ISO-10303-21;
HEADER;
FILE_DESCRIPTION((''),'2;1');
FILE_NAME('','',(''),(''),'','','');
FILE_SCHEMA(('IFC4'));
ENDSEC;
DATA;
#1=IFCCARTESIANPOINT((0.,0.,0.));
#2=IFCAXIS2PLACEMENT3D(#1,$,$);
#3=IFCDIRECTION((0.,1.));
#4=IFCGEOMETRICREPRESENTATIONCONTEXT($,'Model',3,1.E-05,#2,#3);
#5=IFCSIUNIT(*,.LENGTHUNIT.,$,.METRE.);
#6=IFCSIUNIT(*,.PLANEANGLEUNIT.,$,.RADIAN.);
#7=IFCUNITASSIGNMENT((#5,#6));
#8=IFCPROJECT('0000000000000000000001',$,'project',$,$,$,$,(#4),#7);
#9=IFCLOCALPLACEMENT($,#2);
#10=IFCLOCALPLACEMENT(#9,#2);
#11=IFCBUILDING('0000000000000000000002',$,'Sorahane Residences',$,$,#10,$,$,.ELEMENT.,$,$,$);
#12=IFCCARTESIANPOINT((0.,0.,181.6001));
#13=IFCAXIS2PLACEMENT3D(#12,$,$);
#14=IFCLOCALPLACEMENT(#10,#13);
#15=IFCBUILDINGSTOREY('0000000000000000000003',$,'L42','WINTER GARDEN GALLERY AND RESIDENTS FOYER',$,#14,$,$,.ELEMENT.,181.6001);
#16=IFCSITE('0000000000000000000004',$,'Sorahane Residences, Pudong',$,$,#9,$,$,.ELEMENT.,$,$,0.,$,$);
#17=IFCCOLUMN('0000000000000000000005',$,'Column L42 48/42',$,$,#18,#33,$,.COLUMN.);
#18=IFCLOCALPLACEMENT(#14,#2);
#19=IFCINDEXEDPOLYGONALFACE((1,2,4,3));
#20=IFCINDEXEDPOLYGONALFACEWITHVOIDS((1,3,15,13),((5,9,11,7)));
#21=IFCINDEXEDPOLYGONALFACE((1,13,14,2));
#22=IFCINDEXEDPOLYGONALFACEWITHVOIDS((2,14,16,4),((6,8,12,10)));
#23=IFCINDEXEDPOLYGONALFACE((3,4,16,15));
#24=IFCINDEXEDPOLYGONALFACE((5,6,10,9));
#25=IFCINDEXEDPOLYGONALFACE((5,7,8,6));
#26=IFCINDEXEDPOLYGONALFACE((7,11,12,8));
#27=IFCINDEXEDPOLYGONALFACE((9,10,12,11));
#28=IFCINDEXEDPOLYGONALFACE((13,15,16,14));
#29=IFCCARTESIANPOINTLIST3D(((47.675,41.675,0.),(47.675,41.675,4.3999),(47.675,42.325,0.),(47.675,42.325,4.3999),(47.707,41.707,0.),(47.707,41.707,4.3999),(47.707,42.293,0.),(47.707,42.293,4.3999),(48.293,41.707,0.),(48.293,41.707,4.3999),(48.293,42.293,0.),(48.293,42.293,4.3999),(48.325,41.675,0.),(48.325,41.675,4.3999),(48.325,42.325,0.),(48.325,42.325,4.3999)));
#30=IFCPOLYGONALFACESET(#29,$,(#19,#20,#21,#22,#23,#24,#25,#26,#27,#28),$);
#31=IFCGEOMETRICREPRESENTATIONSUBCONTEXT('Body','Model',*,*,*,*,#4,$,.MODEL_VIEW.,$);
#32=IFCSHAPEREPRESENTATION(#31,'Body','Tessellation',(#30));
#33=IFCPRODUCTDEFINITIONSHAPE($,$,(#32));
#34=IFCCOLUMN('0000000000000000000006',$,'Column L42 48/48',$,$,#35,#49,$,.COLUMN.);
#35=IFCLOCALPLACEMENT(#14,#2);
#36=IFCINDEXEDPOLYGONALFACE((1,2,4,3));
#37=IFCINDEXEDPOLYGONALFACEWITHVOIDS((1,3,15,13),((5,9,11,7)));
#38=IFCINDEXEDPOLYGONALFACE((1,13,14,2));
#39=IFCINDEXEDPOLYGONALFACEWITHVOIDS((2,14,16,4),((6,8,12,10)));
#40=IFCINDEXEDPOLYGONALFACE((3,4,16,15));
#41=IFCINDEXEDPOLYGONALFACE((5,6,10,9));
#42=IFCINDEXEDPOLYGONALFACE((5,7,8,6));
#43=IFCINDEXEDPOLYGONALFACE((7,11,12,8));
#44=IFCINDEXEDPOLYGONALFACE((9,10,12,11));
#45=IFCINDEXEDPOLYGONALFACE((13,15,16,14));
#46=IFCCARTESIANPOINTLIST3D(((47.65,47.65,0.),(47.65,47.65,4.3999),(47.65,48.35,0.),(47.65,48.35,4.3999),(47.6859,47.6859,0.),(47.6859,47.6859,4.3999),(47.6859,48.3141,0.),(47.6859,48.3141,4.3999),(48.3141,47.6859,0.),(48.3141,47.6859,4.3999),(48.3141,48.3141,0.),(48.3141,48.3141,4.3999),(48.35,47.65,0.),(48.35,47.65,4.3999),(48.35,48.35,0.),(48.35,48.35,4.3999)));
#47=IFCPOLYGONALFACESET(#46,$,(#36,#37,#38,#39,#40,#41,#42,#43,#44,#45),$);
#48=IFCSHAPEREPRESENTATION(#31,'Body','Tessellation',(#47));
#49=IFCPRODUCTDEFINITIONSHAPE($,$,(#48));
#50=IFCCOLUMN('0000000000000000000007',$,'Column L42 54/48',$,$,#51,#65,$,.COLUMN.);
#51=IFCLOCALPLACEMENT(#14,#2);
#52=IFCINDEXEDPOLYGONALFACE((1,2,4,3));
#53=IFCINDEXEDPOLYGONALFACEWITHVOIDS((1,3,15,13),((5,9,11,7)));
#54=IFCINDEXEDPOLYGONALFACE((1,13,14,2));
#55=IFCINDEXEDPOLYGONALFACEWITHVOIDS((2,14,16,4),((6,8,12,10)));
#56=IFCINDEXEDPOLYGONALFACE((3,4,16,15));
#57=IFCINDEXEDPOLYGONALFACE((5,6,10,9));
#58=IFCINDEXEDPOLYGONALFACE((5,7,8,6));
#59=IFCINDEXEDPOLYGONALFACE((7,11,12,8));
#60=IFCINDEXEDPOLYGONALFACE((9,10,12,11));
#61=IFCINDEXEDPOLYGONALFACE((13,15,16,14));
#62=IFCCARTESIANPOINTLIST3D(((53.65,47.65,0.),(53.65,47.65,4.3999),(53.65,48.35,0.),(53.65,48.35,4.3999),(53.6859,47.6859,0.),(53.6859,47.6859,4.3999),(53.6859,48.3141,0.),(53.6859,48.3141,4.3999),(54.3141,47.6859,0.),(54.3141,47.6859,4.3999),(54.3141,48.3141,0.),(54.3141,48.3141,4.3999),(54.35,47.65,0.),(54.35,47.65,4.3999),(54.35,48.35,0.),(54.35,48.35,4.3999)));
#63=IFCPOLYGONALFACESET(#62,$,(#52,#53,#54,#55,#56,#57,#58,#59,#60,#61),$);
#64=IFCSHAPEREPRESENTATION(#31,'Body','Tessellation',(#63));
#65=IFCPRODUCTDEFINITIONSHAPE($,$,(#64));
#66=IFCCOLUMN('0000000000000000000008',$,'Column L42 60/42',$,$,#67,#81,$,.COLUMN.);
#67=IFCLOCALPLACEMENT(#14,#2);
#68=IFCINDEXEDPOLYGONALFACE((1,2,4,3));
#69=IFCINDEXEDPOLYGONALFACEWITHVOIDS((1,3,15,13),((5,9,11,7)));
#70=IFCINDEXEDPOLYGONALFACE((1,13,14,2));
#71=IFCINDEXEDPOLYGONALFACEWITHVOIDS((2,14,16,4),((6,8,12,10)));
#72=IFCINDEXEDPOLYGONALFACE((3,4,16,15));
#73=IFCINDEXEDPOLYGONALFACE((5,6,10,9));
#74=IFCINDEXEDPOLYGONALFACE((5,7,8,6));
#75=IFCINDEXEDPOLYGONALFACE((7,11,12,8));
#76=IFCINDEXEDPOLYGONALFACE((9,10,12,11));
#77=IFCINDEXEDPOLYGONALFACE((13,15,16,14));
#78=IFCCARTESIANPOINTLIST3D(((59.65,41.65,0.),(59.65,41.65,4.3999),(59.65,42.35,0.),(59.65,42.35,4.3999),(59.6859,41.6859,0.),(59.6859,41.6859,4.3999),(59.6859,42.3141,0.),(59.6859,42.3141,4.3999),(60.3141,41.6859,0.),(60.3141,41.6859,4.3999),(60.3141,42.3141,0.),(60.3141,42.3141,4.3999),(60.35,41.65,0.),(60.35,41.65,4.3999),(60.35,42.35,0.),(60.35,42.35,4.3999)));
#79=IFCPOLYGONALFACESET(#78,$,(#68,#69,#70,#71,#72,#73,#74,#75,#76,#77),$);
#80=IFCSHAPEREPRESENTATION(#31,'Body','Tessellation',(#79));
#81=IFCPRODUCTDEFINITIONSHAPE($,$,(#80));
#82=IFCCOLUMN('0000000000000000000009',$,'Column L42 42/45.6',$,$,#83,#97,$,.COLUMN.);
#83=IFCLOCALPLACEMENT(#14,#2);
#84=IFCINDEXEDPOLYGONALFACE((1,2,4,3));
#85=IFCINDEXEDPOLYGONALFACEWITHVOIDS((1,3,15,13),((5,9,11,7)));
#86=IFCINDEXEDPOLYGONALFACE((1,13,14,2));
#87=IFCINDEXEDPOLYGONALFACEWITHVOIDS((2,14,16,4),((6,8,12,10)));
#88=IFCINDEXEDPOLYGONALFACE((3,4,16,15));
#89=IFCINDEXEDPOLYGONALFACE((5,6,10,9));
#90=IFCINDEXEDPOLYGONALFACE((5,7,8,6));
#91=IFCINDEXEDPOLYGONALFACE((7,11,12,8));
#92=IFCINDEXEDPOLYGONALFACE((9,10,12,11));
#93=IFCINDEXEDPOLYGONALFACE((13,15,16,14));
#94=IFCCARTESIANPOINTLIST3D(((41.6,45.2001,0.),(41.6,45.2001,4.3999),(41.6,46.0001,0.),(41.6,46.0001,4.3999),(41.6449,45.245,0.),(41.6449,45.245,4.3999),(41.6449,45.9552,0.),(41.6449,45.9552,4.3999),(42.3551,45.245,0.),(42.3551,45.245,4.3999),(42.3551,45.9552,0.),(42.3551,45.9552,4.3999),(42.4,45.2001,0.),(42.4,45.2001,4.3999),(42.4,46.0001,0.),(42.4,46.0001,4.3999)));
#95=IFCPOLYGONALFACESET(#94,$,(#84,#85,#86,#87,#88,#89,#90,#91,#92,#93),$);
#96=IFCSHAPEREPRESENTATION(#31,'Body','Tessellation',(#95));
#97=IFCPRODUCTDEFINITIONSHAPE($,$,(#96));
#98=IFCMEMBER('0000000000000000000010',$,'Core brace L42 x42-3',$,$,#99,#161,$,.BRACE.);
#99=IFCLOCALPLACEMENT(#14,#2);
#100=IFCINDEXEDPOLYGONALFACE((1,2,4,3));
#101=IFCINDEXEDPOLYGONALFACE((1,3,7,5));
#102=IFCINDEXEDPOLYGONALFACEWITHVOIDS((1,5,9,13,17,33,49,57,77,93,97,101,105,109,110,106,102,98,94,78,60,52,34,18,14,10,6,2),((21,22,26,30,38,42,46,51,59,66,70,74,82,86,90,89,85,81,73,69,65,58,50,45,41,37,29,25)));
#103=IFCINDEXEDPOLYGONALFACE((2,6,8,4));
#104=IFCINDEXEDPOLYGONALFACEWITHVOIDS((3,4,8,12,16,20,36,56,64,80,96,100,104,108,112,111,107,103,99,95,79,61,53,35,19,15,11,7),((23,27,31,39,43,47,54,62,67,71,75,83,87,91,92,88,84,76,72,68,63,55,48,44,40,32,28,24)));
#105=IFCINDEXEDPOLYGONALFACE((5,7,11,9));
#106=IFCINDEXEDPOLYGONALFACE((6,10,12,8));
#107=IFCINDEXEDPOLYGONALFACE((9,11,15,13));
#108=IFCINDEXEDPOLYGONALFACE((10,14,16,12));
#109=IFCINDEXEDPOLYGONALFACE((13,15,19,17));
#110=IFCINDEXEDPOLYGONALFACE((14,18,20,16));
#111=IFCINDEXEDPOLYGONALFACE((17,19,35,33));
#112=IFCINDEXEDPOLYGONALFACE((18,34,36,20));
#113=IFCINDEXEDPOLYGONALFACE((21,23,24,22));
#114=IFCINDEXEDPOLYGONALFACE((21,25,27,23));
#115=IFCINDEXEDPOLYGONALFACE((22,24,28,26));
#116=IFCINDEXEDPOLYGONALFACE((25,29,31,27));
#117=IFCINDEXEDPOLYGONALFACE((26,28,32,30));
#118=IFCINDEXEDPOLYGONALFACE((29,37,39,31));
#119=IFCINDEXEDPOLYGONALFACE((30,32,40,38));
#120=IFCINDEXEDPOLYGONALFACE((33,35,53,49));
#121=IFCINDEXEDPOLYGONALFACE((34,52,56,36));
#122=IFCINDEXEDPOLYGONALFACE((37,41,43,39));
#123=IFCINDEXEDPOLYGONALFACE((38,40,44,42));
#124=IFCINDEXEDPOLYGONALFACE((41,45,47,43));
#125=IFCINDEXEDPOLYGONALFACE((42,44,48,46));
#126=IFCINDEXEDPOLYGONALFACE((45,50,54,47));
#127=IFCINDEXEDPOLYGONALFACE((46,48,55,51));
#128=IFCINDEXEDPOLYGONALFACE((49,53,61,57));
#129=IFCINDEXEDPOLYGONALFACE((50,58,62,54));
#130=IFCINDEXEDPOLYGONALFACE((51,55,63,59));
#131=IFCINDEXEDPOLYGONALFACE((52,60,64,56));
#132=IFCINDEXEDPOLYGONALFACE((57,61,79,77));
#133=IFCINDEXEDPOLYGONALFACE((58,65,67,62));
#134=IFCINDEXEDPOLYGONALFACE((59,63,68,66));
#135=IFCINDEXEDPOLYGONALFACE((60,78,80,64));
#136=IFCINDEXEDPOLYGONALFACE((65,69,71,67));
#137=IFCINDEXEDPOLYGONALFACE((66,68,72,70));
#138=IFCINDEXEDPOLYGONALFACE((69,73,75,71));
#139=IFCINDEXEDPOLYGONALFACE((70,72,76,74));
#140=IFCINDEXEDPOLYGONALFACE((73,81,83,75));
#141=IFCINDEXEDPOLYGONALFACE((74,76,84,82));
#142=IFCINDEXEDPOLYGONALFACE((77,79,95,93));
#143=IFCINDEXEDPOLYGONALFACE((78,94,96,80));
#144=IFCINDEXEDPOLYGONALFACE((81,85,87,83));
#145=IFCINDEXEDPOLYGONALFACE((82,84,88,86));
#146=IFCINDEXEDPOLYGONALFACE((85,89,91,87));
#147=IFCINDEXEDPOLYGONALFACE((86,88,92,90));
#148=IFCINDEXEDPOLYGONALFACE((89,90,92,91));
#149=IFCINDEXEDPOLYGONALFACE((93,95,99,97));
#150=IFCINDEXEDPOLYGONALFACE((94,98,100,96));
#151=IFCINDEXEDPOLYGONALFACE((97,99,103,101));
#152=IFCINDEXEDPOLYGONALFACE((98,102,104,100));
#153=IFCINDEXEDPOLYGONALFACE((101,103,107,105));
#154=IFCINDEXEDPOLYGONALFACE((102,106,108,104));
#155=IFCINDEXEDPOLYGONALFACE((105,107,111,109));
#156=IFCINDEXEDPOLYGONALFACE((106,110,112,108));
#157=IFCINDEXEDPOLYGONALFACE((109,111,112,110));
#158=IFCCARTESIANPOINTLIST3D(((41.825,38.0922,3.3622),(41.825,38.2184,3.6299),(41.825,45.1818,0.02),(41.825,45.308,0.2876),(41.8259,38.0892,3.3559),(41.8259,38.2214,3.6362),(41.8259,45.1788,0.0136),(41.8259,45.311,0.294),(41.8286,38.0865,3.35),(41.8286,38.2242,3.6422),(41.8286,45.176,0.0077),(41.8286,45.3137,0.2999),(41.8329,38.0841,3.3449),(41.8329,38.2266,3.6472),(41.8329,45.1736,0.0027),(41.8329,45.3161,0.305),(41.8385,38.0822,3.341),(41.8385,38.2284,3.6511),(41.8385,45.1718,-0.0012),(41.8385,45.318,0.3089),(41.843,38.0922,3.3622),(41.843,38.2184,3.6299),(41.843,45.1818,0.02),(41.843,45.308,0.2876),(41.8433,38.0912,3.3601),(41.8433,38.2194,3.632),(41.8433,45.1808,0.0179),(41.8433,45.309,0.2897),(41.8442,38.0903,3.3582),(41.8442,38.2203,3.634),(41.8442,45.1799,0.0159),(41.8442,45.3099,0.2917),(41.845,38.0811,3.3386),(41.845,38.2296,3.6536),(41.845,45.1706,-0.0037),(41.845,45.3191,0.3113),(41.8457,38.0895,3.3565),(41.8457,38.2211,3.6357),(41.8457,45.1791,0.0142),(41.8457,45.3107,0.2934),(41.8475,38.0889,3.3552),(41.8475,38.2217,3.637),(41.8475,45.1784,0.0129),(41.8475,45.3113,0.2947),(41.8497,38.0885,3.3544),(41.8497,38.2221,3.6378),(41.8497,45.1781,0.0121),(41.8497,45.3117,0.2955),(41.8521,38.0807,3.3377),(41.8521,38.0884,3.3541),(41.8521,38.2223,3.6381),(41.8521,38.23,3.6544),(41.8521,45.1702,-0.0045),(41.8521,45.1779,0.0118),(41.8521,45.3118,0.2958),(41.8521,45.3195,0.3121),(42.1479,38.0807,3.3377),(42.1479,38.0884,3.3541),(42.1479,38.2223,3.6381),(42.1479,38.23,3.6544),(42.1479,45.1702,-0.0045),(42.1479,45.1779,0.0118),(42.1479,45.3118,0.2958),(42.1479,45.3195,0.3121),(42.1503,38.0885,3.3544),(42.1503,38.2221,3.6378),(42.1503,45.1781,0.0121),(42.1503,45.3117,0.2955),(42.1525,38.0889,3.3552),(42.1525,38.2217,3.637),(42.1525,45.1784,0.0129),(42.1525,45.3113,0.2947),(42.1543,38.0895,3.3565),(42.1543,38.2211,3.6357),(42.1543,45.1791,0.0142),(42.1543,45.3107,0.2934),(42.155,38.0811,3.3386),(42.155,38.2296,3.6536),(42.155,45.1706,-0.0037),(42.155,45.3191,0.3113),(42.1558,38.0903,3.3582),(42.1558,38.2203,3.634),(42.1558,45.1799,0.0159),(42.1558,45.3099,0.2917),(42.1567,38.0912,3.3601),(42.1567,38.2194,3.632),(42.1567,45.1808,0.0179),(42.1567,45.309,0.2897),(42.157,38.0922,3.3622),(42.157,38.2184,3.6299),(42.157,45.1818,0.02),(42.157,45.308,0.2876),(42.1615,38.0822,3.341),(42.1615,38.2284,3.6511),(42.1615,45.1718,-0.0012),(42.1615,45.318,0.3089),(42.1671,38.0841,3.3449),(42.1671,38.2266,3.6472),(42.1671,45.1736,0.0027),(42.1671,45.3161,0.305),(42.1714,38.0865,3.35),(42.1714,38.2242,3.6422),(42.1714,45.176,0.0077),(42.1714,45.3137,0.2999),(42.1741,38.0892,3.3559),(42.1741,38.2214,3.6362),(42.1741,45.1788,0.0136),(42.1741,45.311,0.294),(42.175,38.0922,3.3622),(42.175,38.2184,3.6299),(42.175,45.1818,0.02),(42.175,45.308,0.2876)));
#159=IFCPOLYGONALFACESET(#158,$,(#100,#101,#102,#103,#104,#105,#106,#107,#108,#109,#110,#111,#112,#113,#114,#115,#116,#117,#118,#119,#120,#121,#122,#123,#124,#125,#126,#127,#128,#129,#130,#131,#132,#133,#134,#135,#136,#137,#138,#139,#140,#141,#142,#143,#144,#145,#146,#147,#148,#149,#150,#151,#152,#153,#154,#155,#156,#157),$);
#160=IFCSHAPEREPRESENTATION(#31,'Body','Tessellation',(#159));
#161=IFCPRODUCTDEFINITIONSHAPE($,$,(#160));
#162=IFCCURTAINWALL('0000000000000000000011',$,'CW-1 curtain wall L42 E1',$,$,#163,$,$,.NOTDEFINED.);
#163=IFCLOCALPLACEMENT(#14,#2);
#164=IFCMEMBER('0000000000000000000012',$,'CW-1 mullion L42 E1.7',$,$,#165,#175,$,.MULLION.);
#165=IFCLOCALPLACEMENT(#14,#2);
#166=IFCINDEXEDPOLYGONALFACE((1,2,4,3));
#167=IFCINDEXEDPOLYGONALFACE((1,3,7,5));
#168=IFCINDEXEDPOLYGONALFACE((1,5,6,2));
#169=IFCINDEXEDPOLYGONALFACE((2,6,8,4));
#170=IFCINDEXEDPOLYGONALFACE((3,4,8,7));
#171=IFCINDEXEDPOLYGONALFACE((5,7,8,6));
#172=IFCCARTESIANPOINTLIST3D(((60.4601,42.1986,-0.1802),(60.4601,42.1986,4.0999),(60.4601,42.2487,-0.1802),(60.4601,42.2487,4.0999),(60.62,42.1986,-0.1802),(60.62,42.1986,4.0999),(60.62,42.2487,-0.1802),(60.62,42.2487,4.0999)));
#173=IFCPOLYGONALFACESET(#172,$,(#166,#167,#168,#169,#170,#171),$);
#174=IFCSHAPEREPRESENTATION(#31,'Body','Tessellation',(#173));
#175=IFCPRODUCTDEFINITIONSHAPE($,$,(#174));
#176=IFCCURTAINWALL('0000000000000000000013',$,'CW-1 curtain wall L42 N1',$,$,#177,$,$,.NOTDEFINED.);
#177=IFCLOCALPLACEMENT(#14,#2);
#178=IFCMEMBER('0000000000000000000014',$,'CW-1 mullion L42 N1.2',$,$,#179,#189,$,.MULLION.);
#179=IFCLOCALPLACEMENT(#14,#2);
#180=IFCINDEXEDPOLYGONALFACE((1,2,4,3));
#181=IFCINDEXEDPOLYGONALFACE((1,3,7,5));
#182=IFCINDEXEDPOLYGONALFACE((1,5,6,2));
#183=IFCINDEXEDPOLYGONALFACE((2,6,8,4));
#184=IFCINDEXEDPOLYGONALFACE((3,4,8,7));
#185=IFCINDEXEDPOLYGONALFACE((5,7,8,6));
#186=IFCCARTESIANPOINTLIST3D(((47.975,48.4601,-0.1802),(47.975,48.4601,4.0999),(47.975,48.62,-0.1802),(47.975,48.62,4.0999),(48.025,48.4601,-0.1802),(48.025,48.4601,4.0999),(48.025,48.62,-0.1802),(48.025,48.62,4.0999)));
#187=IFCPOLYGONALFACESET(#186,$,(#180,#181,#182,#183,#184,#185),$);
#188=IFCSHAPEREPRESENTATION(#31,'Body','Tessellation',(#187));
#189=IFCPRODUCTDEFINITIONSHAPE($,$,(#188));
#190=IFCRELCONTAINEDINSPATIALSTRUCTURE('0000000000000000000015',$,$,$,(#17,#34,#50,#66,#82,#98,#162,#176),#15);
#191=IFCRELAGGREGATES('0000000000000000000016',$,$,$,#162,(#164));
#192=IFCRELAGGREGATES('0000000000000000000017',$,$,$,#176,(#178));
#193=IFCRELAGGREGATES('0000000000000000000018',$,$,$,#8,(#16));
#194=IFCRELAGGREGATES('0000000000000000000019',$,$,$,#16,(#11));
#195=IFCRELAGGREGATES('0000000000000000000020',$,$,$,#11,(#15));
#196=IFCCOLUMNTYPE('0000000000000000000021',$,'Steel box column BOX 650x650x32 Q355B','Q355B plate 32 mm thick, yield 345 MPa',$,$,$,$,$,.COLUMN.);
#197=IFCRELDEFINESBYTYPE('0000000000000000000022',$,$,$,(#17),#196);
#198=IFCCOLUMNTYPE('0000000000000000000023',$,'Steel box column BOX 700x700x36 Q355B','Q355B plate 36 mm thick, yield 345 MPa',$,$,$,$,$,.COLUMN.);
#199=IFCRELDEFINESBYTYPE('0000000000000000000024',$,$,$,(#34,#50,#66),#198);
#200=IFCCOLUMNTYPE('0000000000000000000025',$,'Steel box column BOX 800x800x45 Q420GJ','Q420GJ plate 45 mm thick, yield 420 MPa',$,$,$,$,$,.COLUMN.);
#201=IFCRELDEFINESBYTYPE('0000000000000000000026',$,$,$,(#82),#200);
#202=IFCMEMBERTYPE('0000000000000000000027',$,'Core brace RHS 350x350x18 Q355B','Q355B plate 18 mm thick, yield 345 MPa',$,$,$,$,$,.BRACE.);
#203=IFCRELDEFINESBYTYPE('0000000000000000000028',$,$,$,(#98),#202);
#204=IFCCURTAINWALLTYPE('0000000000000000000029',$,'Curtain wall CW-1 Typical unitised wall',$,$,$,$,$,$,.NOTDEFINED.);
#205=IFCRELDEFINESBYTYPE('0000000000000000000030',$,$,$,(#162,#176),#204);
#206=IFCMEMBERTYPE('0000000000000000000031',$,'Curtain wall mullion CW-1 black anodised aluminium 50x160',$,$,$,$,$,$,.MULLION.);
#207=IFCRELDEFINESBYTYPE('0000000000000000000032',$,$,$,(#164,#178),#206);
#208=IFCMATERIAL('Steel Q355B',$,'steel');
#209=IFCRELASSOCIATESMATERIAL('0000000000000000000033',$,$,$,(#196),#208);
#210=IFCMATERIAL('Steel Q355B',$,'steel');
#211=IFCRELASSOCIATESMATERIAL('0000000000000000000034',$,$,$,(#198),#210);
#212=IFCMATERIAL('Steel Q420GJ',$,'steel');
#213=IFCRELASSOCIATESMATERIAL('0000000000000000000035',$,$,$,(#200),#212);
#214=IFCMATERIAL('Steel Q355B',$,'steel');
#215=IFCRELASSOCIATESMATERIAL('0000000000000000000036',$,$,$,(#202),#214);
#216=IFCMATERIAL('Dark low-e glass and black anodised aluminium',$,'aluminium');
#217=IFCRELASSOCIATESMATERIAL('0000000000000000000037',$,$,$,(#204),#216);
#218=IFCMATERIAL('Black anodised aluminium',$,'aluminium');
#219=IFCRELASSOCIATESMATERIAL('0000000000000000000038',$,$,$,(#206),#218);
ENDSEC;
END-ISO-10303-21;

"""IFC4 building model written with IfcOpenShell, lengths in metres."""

from ifc_helpers import new_model, si_unit, direction, frame, origin, origin_2d, place, context, subcontext, project, spatial, rectangle, hollow_rectangle, extrude, material, material_profile, profile_set, type_object, element, aggregate, save


model = new_model("IFC4")

# Units and contexts
model_context = context("Model", 3, precision=1e-05, world=origin(), true_north=direction((0.0, 1.0)))
body_context = subcontext(model_context, "Body", "Model", "MODEL_VIEW")
ifc_project = project(units=[si_unit("LENGTHUNIT", "METRE"), si_unit("PLANEANGLEUNIT", "RADIAN")], contexts=[model_context])

# Site, building, storey
site_placement = place(None, origin())
site = spatial("IfcSite", under=ifc_project, at=site_placement, Name="Sorahane Residences, Pudong", CompositionType="ELEMENT", RefElevation=0.0)
building_placement = place(site_placement, origin())
building = spatial("IfcBuilding", under=site, at=building_placement, Name="Sorahane Residences", CompositionType="ELEMENT")
storey_placement = place(building_placement, frame((0.0, 0.0, 181.6001)))
storey = spatial("IfcBuildingStorey", under=building, at=storey_placement, Name="L42", Description="WINTER GARDEN GALLERY AND RESIDENTS FOYER", CompositionType="ELEMENT", Elevation=181.6001)

# Columns
ifc_material_1 = material(Name="Steel Q355B", Category="steel")
ifc_material_profile_1 = material_profile(ifc_material_1, hollow_rectangle(XDim=0.6499, YDim=0.6499, WallThickness=0.032, at=origin_2d()), Name="BOX 650x650x32")
ifc_profile_set_1 = profile_set([ifc_material_profile_1], Name="Steel Q355B")
column_type_1 = type_object("IfcColumnType", Name="Steel box column BOX 650x650x32 Q355B", Description="Q355B plate 32 mm thick, yield 345 MPa", PredefinedType="COLUMN", material=ifc_profile_set_1)
column_1_placement = place(storey_placement, frame((48.0, 42.0, 0.0), z_axis=(0.0, 0.0, 1.0), x_axis=(1.0, 0.0, 0.0)))
element("IfcColumn", 1, at=column_1_placement, inside=storey, type_object=column_type_1, Name="Column L42 48/42", PredefinedType="COLUMN", context=body_context, shape_type="SweptSolid", body=[
    extrude(hollow_rectangle(XDim=0.6499, YDim=0.6499, WallThickness=0.032, at=origin_2d()), origin(), (0.0, 0.0, 1.0), 4.3999),
])
ifc_material_2 = material(Name="Steel Q355B", Category="steel")
ifc_material_profile_2 = material_profile(ifc_material_2, hollow_rectangle(XDim=0.7, YDim=0.7, WallThickness=0.0359, at=origin_2d()), Name="BOX 700x700x36")
ifc_profile_set_2 = profile_set([ifc_material_profile_2], Name="Steel Q355B")
column_type_2 = type_object("IfcColumnType", Name="Steel box column BOX 700x700x36 Q355B", Description="Q355B plate 36 mm thick, yield 345 MPa", PredefinedType="COLUMN", material=ifc_profile_set_2)
for number, where, z_axis, x_axis, name in (
    (2, (48.0, 48.0, 0.0), (0.0, 0.0, 1.0), (1.0, 0.0, 0.0), "Column L42 48/48"),
    (3, (54.0, 48.0, 0.0), (0.0, 0.0, 1.0), (1.0, 0.0, 0.0), "Column L42 54/48"),
    (4, (60.0, 42.0, 0.0), (0.0, 0.0, 1.0), (1.0, 0.0, 0.0), "Column L42 60/42"),
):
    element("IfcColumn", number, at=place(storey_placement, frame(where, z_axis=z_axis, x_axis=x_axis)), inside=storey, type_object=column_type_2, Name=name, PredefinedType="COLUMN", context=body_context, shape_type="SweptSolid", body=[
        extrude(hollow_rectangle(XDim=0.7, YDim=0.7, WallThickness=0.0359, at=origin_2d()), origin(), (0.0, 0.0, 1.0), 4.3999),
    ])
ifc_material_3 = material(Name="Steel Q420GJ", Category="steel")
ifc_material_profile_3 = material_profile(ifc_material_3, hollow_rectangle(XDim=0.8, YDim=0.8, WallThickness=0.0449, at=origin_2d()), Name="BOX 800x800x45")
ifc_profile_set_3 = profile_set([ifc_material_profile_3], Name="Steel Q420GJ")
column_type_3 = type_object("IfcColumnType", Name="Steel box column BOX 800x800x45 Q420GJ", Description="Q420GJ plate 45 mm thick, yield 420 MPa", PredefinedType="COLUMN", material=ifc_profile_set_3)
column_2_placement = place(storey_placement, frame((42.0, 45.6001, 0.0), z_axis=(0.0, 0.0, 1.0), x_axis=(1.0, 0.0, 0.0)))
element("IfcColumn", 5, at=column_2_placement, inside=storey, type_object=column_type_3, Name="Column L42 42/45.6", PredefinedType="COLUMN", context=body_context, shape_type="SweptSolid", body=[
    extrude(hollow_rectangle(XDim=0.8, YDim=0.8, WallThickness=0.0449, at=origin_2d()), origin(), (0.0, 0.0, 1.0), 4.3999),
])

# Member
ifc_material_4 = material(Name="Steel Q355B", Category="steel")
ifc_material_profile_4 = material_profile(ifc_material_4, hollow_rectangle(XDim=0.3501, YDim=0.3501, WallThickness=0.0181, InnerFilletRadius=0.009, OuterFilletRadius=0.0271, at=origin_2d()), Name="RHS 350x350x18")
ifc_profile_set_4 = profile_set([ifc_material_profile_4], Name="Steel Q355B")
member_type_1 = type_object("IfcMemberType", Name="Core brace RHS 350x350x18 Q355B", Description="Q355B plate 18 mm thick, yield 345 MPa", PredefinedType="BRACE", material=ifc_profile_set_4)
member_1_placement = place(storey_placement, frame((42.0, 45.2449, 0.1538), z_axis=(0.0, -0.904523, 0.426424), x_axis=(1.0, 0.0, 0.0)))
element("IfcMember", 6, at=member_1_placement, inside=storey, type_object=member_type_1, Name="Core brace L42 x42-3", PredefinedType="BRACE", context=body_context, shape_type="SweptSolid", body=[
    extrude(hollow_rectangle(XDim=0.3501, YDim=0.3501, WallThickness=0.0181, InnerFilletRadius=0.009, OuterFilletRadius=0.0271, at=origin_2d()), origin(), (0.0, 0.0, 1.0), 7.8379),
])

# Curtain wall, member
ifc_material_5 = material(Name="Dark low-e glass and black anodised aluminium", Category="aluminium")
curtain_wall_type_1 = type_object("IfcCurtainWallType", Name="Curtain wall CW-1 Typical unitised wall", PredefinedType="NOTDEFINED", material=ifc_material_5)
curtain_wall_1_placement = place(storey_placement, origin())
curtain_wall_1 = element("IfcCurtainWall", 7, at=curtain_wall_1_placement, inside=storey, type_object=curtain_wall_type_1, Name="CW-1 curtain wall L42 E1", PredefinedType="NOTDEFINED")
ifc_material_6 = material(Name="Black anodised aluminium", Category="aluminium")
ifc_material_profile_5 = material_profile(ifc_material_6, rectangle(XDim=0.1599, YDim=0.05, at=origin_2d()), Name="Curtain wall mullion CW-1 black anodised aluminium 50x160")
ifc_profile_set_5 = profile_set([ifc_material_profile_5], Name="Black anodised aluminium")
member_type_2 = type_object("IfcMemberType", Name="Curtain wall mullion CW-1 black anodised aluminium 50x160", PredefinedType="MULLION", material=ifc_profile_set_5)
member_2_placement = place(storey_placement, frame((60.54, 42.2236, -0.1802), z_axis=(0.0, 0.0, 1.0), x_axis=(1.0, 0.0, 0.0)))
member_2 = element("IfcMember", 8, at=member_2_placement, type_object=member_type_2, Name="CW-1 mullion L42 E1.7", PredefinedType="MULLION", context=body_context, shape_type="SweptSolid", body=[
    extrude(rectangle(XDim=0.1599, YDim=0.05, at=origin_2d()), origin(), (0.0, 0.0, 1.0), 4.28),
])
aggregate(curtain_wall_1, [member_2])

# Curtain wall, member
curtain_wall_2_placement = place(storey_placement, origin())
curtain_wall_2 = element("IfcCurtainWall", 9, at=curtain_wall_2_placement, inside=storey, type_object=curtain_wall_type_1, Name="CW-1 curtain wall L42 N1", PredefinedType="NOTDEFINED")
member_3_placement = place(storey_placement, frame((48.0, 48.54, -0.1802), z_axis=(0.0, 0.0, 1.0), x_axis=(0.0, 1.0, 0.0)))
member_3 = element("IfcMember", 10, at=member_3_placement, type_object=member_type_2, Name="CW-1 mullion L42 N1.2", PredefinedType="MULLION", context=body_context, shape_type="SweptSolid", body=[
    extrude(rectangle(XDim=0.1599, YDim=0.05, at=origin_2d()), origin(), (0.0, 0.0, 1.0), 4.28),
])

aggregate(curtain_wall_2, [member_3])

save(model, "model.ifc")
